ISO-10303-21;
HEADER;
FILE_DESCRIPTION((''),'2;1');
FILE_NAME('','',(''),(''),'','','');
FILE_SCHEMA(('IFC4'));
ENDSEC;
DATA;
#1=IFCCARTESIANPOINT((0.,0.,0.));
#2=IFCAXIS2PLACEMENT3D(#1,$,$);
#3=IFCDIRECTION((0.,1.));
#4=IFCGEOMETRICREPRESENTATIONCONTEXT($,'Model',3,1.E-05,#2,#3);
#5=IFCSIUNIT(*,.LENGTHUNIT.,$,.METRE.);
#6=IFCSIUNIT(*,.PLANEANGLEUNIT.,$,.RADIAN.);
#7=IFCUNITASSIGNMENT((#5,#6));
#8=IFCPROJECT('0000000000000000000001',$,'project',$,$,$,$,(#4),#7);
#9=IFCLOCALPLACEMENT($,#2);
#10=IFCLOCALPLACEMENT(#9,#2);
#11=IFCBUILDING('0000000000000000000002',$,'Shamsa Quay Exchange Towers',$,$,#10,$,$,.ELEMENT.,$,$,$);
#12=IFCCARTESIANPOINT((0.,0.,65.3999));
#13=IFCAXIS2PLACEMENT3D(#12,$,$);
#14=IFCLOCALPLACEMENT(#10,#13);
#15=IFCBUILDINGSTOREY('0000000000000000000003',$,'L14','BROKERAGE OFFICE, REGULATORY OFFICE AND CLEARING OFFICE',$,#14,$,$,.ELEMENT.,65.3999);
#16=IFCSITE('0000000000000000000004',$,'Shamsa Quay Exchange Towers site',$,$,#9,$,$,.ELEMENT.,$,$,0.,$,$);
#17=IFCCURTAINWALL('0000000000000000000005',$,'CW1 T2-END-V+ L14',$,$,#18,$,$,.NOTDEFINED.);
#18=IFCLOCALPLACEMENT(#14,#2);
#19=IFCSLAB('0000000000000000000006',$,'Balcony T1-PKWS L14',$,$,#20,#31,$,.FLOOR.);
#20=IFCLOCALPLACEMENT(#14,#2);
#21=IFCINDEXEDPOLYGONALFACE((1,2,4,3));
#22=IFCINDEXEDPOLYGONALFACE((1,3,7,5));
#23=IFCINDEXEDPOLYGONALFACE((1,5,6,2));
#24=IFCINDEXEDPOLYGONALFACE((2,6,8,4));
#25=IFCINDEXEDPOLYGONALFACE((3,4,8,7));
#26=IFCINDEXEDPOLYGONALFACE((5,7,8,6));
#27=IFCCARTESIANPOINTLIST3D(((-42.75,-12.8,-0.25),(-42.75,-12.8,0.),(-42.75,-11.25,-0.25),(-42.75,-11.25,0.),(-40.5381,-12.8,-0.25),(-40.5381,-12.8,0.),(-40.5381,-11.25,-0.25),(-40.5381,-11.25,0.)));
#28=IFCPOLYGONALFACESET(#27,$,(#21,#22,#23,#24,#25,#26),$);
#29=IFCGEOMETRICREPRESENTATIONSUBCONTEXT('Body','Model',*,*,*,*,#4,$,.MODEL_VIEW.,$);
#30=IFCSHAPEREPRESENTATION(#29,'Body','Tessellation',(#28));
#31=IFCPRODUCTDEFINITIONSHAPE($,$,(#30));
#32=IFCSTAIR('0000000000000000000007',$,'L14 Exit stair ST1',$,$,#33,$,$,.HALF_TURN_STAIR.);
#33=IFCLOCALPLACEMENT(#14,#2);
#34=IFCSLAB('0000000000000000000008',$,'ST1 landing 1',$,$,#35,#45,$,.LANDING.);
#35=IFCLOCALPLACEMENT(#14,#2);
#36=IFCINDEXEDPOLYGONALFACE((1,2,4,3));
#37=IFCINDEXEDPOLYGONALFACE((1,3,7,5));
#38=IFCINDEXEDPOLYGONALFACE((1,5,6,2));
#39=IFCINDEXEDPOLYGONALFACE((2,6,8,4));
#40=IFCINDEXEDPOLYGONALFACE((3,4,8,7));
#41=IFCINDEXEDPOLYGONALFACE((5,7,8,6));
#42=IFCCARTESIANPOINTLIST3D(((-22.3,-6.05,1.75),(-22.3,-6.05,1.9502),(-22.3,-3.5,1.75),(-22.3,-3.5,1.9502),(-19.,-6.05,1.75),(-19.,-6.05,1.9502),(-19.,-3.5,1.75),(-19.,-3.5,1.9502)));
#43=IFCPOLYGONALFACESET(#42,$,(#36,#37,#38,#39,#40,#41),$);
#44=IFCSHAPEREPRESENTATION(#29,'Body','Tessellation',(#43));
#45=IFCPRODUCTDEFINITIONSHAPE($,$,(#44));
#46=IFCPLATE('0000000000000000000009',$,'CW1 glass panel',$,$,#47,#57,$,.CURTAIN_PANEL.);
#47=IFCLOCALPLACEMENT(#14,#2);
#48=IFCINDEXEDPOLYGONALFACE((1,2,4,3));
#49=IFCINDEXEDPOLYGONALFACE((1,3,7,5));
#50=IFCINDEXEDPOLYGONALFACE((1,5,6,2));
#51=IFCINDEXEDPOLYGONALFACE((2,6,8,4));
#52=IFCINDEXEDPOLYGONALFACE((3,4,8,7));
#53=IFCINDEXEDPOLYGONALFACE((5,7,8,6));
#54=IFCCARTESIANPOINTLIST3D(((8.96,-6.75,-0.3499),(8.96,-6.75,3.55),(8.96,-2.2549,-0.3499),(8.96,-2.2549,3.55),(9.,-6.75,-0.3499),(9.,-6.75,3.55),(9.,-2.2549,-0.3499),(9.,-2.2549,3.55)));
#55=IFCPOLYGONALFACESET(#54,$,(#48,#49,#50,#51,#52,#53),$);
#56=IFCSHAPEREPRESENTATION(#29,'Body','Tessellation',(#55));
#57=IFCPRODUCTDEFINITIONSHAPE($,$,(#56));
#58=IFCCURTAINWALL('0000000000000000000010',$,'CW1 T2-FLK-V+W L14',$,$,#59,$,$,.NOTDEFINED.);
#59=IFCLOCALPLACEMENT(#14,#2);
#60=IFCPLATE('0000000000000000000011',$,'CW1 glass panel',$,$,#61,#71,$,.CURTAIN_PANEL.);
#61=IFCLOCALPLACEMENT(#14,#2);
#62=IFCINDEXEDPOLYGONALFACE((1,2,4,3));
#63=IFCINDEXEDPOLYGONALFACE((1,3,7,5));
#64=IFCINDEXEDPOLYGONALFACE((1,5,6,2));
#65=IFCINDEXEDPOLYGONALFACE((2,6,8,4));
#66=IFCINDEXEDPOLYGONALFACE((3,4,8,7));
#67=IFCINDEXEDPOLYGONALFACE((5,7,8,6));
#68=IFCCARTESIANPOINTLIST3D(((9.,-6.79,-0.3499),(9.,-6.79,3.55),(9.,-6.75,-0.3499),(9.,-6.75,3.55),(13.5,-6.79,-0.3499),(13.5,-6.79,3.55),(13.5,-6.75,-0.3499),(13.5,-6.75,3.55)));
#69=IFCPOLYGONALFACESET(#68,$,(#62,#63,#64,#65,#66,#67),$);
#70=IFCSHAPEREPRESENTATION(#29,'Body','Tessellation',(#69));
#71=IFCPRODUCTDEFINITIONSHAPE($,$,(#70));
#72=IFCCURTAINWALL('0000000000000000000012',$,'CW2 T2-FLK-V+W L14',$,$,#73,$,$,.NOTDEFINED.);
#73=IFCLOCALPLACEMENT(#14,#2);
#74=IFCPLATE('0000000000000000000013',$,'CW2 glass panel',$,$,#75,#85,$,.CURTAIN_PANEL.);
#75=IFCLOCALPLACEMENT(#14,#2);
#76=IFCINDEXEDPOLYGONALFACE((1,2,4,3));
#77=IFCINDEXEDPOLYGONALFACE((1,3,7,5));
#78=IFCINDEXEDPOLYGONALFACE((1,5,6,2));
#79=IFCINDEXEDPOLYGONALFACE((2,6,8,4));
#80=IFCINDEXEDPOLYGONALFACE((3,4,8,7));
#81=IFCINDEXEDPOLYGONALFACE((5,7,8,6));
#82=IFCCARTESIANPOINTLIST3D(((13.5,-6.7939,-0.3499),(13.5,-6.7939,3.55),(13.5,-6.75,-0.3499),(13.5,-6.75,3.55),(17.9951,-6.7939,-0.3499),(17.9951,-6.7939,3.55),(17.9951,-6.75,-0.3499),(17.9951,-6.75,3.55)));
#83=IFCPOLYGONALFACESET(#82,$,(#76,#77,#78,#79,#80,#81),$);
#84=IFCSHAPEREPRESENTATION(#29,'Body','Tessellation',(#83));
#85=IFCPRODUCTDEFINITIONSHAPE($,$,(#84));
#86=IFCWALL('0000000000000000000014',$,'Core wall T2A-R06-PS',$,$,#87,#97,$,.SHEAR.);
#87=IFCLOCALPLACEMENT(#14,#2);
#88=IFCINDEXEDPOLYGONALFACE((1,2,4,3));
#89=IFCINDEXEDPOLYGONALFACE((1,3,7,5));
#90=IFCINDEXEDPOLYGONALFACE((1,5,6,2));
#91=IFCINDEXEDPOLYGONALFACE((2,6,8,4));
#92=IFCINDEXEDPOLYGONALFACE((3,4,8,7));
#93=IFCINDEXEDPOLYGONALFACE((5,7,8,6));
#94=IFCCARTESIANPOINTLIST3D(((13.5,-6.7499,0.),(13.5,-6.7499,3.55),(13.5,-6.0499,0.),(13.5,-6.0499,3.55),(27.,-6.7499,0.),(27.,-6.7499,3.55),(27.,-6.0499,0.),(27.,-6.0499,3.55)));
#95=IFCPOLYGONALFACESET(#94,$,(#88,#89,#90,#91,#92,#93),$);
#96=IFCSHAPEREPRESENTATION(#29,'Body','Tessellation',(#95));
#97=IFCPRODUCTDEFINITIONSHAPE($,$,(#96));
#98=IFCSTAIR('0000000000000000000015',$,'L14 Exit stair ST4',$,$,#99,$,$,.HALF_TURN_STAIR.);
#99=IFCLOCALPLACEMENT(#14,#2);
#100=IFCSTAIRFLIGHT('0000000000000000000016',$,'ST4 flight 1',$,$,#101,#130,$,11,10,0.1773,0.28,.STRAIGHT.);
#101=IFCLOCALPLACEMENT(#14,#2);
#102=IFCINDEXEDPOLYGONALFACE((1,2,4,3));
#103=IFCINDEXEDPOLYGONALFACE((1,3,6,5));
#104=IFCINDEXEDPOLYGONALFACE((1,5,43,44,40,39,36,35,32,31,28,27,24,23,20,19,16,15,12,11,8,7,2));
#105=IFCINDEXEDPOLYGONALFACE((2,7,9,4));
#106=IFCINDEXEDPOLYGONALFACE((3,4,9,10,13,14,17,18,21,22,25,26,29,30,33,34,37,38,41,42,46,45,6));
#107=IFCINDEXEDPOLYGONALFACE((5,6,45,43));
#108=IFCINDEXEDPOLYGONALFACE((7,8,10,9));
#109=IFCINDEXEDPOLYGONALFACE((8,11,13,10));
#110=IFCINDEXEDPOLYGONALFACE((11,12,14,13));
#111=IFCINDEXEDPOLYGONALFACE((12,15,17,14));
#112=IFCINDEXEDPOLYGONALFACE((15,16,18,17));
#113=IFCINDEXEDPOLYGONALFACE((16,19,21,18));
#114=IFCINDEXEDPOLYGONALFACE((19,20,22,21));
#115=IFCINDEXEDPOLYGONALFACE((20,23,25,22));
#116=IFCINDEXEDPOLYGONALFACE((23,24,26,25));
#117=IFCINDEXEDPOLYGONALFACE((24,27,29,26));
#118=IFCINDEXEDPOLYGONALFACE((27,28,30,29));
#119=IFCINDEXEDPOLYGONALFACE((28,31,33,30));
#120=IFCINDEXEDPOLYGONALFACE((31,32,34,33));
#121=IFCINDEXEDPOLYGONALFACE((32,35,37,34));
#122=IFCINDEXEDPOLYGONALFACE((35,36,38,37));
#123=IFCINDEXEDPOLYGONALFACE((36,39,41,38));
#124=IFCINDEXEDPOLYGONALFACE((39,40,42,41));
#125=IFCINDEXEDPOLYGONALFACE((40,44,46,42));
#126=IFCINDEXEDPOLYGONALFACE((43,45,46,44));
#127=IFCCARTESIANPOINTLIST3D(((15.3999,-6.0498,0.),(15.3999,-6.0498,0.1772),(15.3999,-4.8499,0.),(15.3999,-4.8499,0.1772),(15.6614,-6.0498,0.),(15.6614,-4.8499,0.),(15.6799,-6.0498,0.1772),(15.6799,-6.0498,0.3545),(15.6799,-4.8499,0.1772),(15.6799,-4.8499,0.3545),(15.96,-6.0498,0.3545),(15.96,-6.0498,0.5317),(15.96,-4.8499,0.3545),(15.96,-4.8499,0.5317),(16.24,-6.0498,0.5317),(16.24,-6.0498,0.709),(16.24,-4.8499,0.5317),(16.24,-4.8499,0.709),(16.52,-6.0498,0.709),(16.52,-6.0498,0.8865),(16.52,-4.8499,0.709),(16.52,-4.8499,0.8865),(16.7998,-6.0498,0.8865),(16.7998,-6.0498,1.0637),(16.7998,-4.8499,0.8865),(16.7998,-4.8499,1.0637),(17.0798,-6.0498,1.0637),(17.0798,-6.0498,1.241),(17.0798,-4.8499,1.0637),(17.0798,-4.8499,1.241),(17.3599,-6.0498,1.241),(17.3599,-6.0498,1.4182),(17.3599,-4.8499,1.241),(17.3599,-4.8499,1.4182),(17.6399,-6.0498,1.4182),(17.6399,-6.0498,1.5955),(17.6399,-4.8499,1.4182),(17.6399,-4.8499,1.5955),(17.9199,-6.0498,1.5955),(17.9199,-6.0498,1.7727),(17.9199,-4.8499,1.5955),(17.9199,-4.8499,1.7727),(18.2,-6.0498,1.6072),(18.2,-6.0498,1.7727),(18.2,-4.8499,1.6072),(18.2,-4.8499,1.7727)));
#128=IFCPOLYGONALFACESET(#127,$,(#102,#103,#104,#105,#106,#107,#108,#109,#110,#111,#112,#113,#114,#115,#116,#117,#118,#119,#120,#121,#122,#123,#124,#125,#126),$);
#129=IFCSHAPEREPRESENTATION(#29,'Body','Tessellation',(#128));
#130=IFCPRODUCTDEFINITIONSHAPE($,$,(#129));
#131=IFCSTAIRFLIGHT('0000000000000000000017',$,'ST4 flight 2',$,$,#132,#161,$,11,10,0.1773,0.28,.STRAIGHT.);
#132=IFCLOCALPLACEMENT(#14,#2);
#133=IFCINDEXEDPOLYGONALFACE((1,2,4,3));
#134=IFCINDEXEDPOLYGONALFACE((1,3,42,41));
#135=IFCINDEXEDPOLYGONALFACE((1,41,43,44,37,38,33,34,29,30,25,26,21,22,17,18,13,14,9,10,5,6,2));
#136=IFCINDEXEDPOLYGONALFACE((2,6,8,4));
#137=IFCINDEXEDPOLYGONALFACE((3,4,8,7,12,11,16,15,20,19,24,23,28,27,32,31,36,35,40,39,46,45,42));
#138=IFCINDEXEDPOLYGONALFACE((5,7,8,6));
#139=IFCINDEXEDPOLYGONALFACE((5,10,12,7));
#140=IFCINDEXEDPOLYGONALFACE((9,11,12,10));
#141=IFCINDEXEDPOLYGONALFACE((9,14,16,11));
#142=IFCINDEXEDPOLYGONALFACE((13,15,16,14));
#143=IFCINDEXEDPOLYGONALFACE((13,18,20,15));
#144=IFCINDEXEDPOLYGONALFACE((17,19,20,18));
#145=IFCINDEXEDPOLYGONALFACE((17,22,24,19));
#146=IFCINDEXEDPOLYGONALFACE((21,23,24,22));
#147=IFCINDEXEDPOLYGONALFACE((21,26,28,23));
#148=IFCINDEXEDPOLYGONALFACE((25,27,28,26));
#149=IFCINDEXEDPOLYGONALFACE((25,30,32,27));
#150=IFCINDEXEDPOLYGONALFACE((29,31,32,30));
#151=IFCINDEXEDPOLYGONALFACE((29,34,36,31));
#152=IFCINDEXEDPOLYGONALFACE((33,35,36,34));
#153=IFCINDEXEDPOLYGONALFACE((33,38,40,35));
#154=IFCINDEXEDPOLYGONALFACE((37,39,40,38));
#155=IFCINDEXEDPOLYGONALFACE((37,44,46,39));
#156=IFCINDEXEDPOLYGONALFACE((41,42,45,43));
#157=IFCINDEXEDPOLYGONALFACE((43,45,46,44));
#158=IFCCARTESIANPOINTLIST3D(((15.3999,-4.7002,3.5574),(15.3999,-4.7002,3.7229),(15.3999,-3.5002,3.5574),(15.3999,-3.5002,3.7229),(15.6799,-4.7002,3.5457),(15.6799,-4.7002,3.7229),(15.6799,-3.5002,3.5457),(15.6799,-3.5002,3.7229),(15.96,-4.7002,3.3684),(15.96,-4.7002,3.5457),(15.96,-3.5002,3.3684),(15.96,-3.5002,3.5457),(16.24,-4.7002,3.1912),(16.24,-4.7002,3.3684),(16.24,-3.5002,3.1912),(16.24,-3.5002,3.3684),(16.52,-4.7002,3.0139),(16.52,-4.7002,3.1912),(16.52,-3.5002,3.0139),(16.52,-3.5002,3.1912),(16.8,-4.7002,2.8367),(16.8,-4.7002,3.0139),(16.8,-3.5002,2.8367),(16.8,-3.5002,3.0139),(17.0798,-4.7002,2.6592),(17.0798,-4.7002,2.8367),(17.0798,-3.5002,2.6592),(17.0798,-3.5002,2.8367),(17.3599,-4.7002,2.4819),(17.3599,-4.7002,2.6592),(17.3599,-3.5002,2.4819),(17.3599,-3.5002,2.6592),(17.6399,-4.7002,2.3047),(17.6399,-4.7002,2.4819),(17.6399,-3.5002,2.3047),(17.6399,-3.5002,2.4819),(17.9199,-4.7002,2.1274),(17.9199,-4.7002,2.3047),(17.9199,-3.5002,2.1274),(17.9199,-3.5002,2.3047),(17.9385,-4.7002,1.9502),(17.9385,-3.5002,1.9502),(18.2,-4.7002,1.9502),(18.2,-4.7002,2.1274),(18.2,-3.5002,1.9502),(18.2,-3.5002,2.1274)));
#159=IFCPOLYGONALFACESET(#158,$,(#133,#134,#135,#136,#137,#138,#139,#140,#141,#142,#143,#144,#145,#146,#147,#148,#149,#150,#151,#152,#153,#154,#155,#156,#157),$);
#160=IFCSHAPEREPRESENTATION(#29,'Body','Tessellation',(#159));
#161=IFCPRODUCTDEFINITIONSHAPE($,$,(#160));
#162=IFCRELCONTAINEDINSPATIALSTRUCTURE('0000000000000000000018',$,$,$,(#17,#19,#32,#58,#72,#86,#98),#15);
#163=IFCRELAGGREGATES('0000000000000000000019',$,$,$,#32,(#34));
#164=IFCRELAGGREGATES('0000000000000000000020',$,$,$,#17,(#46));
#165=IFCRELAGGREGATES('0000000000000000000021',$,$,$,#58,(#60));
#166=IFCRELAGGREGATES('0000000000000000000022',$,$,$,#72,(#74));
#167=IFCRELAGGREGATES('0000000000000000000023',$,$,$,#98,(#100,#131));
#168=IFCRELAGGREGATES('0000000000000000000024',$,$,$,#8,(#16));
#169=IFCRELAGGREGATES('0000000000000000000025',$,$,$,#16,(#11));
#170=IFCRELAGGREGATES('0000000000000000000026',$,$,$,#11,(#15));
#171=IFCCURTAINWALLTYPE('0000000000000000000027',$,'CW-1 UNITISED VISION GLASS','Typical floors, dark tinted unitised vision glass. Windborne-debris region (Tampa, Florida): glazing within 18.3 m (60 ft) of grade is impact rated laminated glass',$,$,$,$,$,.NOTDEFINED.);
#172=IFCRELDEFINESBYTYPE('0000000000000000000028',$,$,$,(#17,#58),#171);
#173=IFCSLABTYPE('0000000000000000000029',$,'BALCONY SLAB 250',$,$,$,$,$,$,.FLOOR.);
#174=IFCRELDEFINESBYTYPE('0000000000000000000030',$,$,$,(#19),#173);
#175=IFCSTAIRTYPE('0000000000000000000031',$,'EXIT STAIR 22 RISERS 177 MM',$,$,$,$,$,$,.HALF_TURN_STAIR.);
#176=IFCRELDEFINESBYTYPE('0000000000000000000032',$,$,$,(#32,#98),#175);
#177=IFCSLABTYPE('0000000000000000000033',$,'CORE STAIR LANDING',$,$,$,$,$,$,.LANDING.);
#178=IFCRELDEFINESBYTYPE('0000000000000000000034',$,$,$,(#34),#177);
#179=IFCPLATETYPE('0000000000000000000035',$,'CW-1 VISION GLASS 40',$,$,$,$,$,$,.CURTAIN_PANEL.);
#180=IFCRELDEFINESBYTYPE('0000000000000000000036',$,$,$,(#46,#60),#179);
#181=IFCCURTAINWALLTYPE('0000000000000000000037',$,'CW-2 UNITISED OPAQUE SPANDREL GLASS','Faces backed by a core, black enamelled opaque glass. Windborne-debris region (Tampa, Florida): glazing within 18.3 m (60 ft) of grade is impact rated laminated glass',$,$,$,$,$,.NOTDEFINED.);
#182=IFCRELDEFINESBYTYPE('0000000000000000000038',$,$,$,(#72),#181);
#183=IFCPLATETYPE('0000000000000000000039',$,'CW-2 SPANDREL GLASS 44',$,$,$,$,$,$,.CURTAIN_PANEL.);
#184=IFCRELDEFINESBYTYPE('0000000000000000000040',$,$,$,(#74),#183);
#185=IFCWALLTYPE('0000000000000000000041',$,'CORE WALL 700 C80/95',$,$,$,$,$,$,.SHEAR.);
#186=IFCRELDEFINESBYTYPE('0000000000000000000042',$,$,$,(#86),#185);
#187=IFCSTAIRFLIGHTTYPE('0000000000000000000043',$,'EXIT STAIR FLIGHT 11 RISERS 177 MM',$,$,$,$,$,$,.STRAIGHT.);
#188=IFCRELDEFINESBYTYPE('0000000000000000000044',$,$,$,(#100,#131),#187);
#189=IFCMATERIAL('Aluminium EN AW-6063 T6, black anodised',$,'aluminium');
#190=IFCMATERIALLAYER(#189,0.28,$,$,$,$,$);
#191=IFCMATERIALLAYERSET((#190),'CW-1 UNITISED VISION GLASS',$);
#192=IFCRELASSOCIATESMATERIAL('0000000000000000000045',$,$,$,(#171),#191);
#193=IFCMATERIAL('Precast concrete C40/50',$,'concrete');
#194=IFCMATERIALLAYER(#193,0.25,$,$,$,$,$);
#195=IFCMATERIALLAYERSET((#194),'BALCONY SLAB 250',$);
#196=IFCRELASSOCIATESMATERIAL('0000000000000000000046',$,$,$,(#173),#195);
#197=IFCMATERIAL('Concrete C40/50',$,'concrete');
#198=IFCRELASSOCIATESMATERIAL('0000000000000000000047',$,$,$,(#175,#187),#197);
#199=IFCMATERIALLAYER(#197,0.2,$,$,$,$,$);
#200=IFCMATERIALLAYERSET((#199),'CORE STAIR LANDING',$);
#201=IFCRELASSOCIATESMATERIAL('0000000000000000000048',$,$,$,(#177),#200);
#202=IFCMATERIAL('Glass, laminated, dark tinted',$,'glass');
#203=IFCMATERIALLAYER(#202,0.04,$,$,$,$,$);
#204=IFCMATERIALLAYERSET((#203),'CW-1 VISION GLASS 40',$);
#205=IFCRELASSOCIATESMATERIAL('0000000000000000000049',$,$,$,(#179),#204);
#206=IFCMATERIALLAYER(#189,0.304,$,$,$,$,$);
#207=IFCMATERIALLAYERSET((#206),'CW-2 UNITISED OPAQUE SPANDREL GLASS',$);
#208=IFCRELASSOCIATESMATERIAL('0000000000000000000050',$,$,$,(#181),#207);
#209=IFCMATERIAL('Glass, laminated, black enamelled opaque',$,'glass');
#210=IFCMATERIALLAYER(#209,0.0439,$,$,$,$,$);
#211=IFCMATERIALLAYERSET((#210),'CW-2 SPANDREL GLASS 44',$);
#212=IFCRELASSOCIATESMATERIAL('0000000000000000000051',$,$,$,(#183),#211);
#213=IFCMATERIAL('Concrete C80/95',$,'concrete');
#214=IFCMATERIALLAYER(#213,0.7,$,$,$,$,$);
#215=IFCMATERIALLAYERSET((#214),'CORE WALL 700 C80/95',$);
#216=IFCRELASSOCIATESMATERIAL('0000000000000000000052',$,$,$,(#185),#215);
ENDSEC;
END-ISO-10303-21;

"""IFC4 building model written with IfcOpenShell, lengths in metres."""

from ifc_helpers import new_model, si_unit, direction, frame, frame_2d, origin, origin_2d, place, context, subcontext, project, spatial, polyline, rectangle, outline, extrude, material, layer, layer_set, type_object, element, aggregate, save


model = new_model("IFC4")

# Units and contexts
model_context = context("Model", 3, precision=1e-05, world=origin(), true_north=direction((0.0, 1.0)))
body_context = subcontext(model_context, "Body", "Model", "MODEL_VIEW")
ifc_project = project(units=[si_unit("LENGTHUNIT", "METRE"), si_unit("PLANEANGLEUNIT", "RADIAN")], contexts=[model_context])

# Site, building, storey
site_placement = place(None, origin())
site = spatial("IfcSite", under=ifc_project, at=site_placement, Name="Shamsa Quay Exchange Towers site", CompositionType="ELEMENT", RefElevation=0.0)
building_placement = place(site_placement, origin())
building = spatial("IfcBuilding", under=site, at=building_placement, Name="Shamsa Quay Exchange Towers", CompositionType="ELEMENT")
storey_placement = place(building_placement, frame((0.0, 0.0, 65.3999)))
storey = spatial("IfcBuildingStorey", under=building, at=storey_placement, Name="L14", Description="BROKERAGE OFFICE, REGULATORY OFFICE AND CLEARING OFFICE", CompositionType="ELEMENT", Elevation=65.3999)

# Curtain wall
ifc_material_1 = material(Name="Aluminium EN AW-6063 T6, black anodised", Category="aluminium")
ifc_layer_1 = layer(ifc_material_1, 0.28)
ifc_layer_set_1 = layer_set([ifc_layer_1], Name="CW-1 UNITISED VISION GLASS")
curtain_wall_type_1 = type_object("IfcCurtainWallType", Name="CW-1 UNITISED VISION GLASS", Description="Typical floors, dark tinted unitised vision glass. Windborne-debris region (Tampa, Florida): glazing within 18.3 m (60 ft) of grade is impact rated laminated glass", PredefinedType="NOTDEFINED", material=ifc_layer_set_1)
curtain_wall_1_placement = place(storey_placement, origin())
curtain_wall_1 = element("IfcCurtainWall", 1, at=curtain_wall_1_placement, inside=storey, type_object=curtain_wall_type_1, Name="CW1 T2-END-V+ L14", PredefinedType="NOTDEFINED")

# Slab
ifc_material_2 = material(Name="Precast concrete C40/50", Category="concrete")
ifc_layer_2 = layer(ifc_material_2, 0.25)
ifc_layer_set_2 = layer_set([ifc_layer_2], Name="BALCONY SLAB 250")
slab_type_1 = type_object("IfcSlabType", Name="BALCONY SLAB 250", PredefinedType="FLOOR", material=ifc_layer_set_2)
slab_1_placement = place(storey_placement, frame((0.0, 0.0, -0.25)))
element("IfcSlab", 2, at=slab_1_placement, inside=storey, type_object=slab_type_1, Name="Balcony T1-PKWS L14", PredefinedType="FLOOR", context=body_context, shape_type="SweptSolid", body=[
    extrude(outline(polyline([(-42.75, -11.25), (-40.5381, -11.25), (-40.5381, -12.8), (-42.75, -12.8), (-42.75, -11.25)])), origin(), (0.0, 0.0, 1.0), 0.25),
])

# Stair, slab
ifc_material_3 = material(Name="Concrete C40/50", Category="concrete")
stair_type = type_object("IfcStairType", Name="EXIT STAIR 22 RISERS 177 MM", PredefinedType="HALF_TURN_STAIR", material=ifc_material_3)
stair_1_placement = place(storey_placement, origin())
stair_1 = element("IfcStair", 3, at=stair_1_placement, inside=storey, type_object=stair_type, Name="L14 Exit stair ST1", PredefinedType="HALF_TURN_STAIR")
ifc_layer_3 = layer(ifc_material_3, 0.2)
ifc_layer_set_3 = layer_set([ifc_layer_3], Name="CORE STAIR LANDING")
slab_type_2 = type_object("IfcSlabType", Name="CORE STAIR LANDING", PredefinedType="LANDING", material=ifc_layer_set_3)
slab_2_placement = place(storey_placement, frame((0.0, 0.0, 1.75)))
slab_2 = element("IfcSlab", 4, at=slab_2_placement, type_object=slab_type_2, Name="ST1 landing 1", PredefinedType="LANDING", context=body_context, shape_type="SweptSolid", body=[
    extrude(outline(polyline([(-22.3, -6.05), (-19.0, -6.05), (-19.0, -3.5), (-22.3, -3.5), (-22.3, -6.05)])), origin(), (0.0, 0.0, 1.0), 0.2002),
])
aggregate(stair_1, [slab_2])

# Plate
ifc_material_4 = material(Name="Glass, laminated, dark tinted", Category="glass")
ifc_layer_4 = layer(ifc_material_4, 0.04)
ifc_layer_set_4 = layer_set([ifc_layer_4], Name="CW-1 VISION GLASS 40")
plate_type_1 = type_object("IfcPlateType", Name="CW-1 VISION GLASS 40", PredefinedType="CURTAIN_PANEL", material=ifc_layer_set_4)
plate_1_placement = place(storey_placement, frame((8.98, -4.5024, -0.3499), z_axis=(0.0, 0.0, 1.0), x_axis=(0.0, -1.0, 0.0)))
plate_1 = element("IfcPlate", 5, at=plate_1_placement, type_object=plate_type_1, Name="CW1 glass panel", PredefinedType="CURTAIN_PANEL", context=body_context, shape_type="SweptSolid", body=[
    extrude(rectangle(XDim=4.4951, YDim=0.04, at=origin_2d()), origin(), (0.0, 0.0, 1.0), 3.8999),
])
aggregate(curtain_wall_1, [plate_1])

# Curtain walls, plates
curtain_wall_2_placement = place(storey_placement, origin())
curtain_wall_2 = element("IfcCurtainWall", 6, at=curtain_wall_2_placement, inside=storey, type_object=curtain_wall_type_1, Name="CW1 T2-FLK-V+W L14", PredefinedType="NOTDEFINED")
plate_2_placement = place(storey_placement, frame((11.25, -6.77, -0.3499)))
plate_2 = element("IfcPlate", 7, at=plate_2_placement, type_object=plate_type_1, Name="CW1 glass panel", PredefinedType="CURTAIN_PANEL", context=body_context, shape_type="SweptSolid", body=[
    extrude(rectangle(XDim=4.5, YDim=0.04, at=origin_2d()), origin(), (0.0, 0.0, 1.0), 3.8999),
])
aggregate(curtain_wall_2, [plate_2])
ifc_layer_5 = layer(ifc_material_1, 0.304)
ifc_layer_set_5 = layer_set([ifc_layer_5], Name="CW-2 UNITISED OPAQUE SPANDREL GLASS")
curtain_wall_type_2 = type_object("IfcCurtainWallType", Name="CW-2 UNITISED OPAQUE SPANDREL GLASS", Description="Faces backed by a core, black enamelled opaque glass. Windborne-debris region (Tampa, Florida): glazing within 18.3 m (60 ft) of grade is impact rated laminated glass", PredefinedType="NOTDEFINED", material=ifc_layer_set_5)
curtain_wall_3_placement = place(storey_placement, origin())
curtain_wall_3 = element("IfcCurtainWall", 8, at=curtain_wall_3_placement, inside=storey, type_object=curtain_wall_type_2, Name="CW2 T2-FLK-V+W L14", PredefinedType="NOTDEFINED")
ifc_material_5 = material(Name="Glass, laminated, black enamelled opaque", Category="glass")
ifc_layer_6 = layer(ifc_material_5, 0.0439)
ifc_layer_set_6 = layer_set([ifc_layer_6], Name="CW-2 SPANDREL GLASS 44")
plate_type_2 = type_object("IfcPlateType", Name="CW-2 SPANDREL GLASS 44", PredefinedType="CURTAIN_PANEL", material=ifc_layer_set_6)
plate_3_placement = place(storey_placement, frame((15.7476, -6.772, -0.3499)))
plate_3 = element("IfcPlate", 9, at=plate_3_placement, type_object=plate_type_2, Name="CW2 glass panel", PredefinedType="CURTAIN_PANEL", context=body_context, shape_type="SweptSolid", body=[
    extrude(rectangle(XDim=4.4951, YDim=0.0439, at=origin_2d()), origin(), (0.0, 0.0, 1.0), 3.8999),
])
aggregate(curtain_wall_3, [plate_3])

# Wall
ifc_material_6 = material(Name="Concrete C80/95", Category="concrete")
ifc_layer_7 = layer(ifc_material_6, 0.7)
ifc_layer_set_7 = layer_set([ifc_layer_7], Name="CORE WALL 700 C80/95")
wall_type = type_object("IfcWallType", Name="CORE WALL 700 C80/95", PredefinedType="SHEAR", material=ifc_layer_set_7)
wall_placement = place(storey_placement, frame((13.5, -6.3999, 0.0)))
element("IfcWall", 10, at=wall_placement, inside=storey, type_object=wall_type, Name="Core wall T2A-R06-PS", PredefinedType="SHEAR", context=body_context, shape_type="SweptSolid", body=[
    extrude(rectangle(XDim=13.5, YDim=0.7, at=frame_2d((6.75, 0.0))), origin(), (0.0, 0.0, 1.0), 3.55),
])

# Stair, stair flights
stair_2_placement = place(storey_placement, origin())
stair_2 = element("IfcStair", 11, at=stair_2_placement, inside=storey, type_object=stair_type, Name="L14 Exit stair ST4", PredefinedType="HALF_TURN_STAIR")
stair_flight_type = type_object("IfcStairFlightType", Name="EXIT STAIR FLIGHT 11 RISERS 177 MM", PredefinedType="STRAIGHT", material=ifc_material_3)
stair_flight_1_placement = place(storey_placement, frame((15.3999, -5.45, 0.0)))
stair_flight_1 = element("IfcStairFlight", 12, at=stair_flight_1_placement, type_object=stair_flight_type, Name="ST4 flight 1", NumberOfRisers=11, NumberOfTreads=10, PredefinedType="STRAIGHT", RiserHeight=0.1773, TreadLength=0.28, context=body_context, shape_type="SweptSolid", body=[
    extrude(outline(polyline([(0.0, 0.0), (0.0, 0.1772), (0.28, 0.1772), (0.28, 0.3545), (0.5601, 0.3545), (0.5601, 0.5317), (0.8401, 0.5317), (0.8401, 0.709), (1.1201, 0.709), (1.1201, 0.8865), (1.3999, 0.8865), (1.3999, 1.0637), (1.6799, 1.0637), (1.6799, 1.241), (1.96, 1.241), (1.96, 1.4182), (2.24, 1.4182), (2.24, 1.5955), (2.52, 1.5955), (2.52, 1.7727), (2.8, 1.7727), (2.8, 1.95), (2.8, 1.6072), (0.2615, 0.0), (0.0, 0.0)])), frame((0.0, 0.6001, 0.0), z_axis=(0.0, -1.0, 0.0), x_axis=(1.0, 0.0, 0.0)), (0.0, 0.0, 1.0), 1.2),
])
stair_flight_2_placement = place(storey_placement, frame((18.2, -4.1001, 1.9502), z_axis=(0.0, 0.0, 1.0), x_axis=(-1.0, 0.0, 0.0)))
stair_flight_2 = element("IfcStairFlight", 13, at=stair_flight_2_placement, type_object=stair_flight_type, Name="ST4 flight 2", NumberOfRisers=11, NumberOfTreads=10, PredefinedType="STRAIGHT", RiserHeight=0.1773, TreadLength=0.28, context=body_context, shape_type="SweptSolid", body=[
    extrude(outline(polyline([(0.0, 0.0), (0.0, 0.1772), (0.28, 0.1772), (0.28, 0.3545), (0.5601, 0.3545), (0.5601, 0.5317), (0.8401, 0.5317), (0.8401, 0.709), (1.1201, 0.709), (1.1201, 0.8865), (1.3999, 0.8865), (1.3999, 1.0637), (1.6799, 1.0637), (1.6799, 1.241), (1.96, 1.241), (1.96, 1.4182), (2.24, 1.4182), (2.24, 1.5955), (2.52, 1.5955), (2.52, 1.7727), (2.8, 1.7727), (2.8, 1.95), (2.8, 1.6072), (0.2615, 0.0), (0.0, 0.0)])), frame((0.0, 0.6001, 0.0), z_axis=(0.0, -1.0, 0.0), x_axis=(1.0, 0.0, 0.0)), (0.0, 0.0, 1.0), 1.2),
])
aggregate(stair_2, [stair_flight_1, stair_flight_2])

save(model, "model.ifc")
